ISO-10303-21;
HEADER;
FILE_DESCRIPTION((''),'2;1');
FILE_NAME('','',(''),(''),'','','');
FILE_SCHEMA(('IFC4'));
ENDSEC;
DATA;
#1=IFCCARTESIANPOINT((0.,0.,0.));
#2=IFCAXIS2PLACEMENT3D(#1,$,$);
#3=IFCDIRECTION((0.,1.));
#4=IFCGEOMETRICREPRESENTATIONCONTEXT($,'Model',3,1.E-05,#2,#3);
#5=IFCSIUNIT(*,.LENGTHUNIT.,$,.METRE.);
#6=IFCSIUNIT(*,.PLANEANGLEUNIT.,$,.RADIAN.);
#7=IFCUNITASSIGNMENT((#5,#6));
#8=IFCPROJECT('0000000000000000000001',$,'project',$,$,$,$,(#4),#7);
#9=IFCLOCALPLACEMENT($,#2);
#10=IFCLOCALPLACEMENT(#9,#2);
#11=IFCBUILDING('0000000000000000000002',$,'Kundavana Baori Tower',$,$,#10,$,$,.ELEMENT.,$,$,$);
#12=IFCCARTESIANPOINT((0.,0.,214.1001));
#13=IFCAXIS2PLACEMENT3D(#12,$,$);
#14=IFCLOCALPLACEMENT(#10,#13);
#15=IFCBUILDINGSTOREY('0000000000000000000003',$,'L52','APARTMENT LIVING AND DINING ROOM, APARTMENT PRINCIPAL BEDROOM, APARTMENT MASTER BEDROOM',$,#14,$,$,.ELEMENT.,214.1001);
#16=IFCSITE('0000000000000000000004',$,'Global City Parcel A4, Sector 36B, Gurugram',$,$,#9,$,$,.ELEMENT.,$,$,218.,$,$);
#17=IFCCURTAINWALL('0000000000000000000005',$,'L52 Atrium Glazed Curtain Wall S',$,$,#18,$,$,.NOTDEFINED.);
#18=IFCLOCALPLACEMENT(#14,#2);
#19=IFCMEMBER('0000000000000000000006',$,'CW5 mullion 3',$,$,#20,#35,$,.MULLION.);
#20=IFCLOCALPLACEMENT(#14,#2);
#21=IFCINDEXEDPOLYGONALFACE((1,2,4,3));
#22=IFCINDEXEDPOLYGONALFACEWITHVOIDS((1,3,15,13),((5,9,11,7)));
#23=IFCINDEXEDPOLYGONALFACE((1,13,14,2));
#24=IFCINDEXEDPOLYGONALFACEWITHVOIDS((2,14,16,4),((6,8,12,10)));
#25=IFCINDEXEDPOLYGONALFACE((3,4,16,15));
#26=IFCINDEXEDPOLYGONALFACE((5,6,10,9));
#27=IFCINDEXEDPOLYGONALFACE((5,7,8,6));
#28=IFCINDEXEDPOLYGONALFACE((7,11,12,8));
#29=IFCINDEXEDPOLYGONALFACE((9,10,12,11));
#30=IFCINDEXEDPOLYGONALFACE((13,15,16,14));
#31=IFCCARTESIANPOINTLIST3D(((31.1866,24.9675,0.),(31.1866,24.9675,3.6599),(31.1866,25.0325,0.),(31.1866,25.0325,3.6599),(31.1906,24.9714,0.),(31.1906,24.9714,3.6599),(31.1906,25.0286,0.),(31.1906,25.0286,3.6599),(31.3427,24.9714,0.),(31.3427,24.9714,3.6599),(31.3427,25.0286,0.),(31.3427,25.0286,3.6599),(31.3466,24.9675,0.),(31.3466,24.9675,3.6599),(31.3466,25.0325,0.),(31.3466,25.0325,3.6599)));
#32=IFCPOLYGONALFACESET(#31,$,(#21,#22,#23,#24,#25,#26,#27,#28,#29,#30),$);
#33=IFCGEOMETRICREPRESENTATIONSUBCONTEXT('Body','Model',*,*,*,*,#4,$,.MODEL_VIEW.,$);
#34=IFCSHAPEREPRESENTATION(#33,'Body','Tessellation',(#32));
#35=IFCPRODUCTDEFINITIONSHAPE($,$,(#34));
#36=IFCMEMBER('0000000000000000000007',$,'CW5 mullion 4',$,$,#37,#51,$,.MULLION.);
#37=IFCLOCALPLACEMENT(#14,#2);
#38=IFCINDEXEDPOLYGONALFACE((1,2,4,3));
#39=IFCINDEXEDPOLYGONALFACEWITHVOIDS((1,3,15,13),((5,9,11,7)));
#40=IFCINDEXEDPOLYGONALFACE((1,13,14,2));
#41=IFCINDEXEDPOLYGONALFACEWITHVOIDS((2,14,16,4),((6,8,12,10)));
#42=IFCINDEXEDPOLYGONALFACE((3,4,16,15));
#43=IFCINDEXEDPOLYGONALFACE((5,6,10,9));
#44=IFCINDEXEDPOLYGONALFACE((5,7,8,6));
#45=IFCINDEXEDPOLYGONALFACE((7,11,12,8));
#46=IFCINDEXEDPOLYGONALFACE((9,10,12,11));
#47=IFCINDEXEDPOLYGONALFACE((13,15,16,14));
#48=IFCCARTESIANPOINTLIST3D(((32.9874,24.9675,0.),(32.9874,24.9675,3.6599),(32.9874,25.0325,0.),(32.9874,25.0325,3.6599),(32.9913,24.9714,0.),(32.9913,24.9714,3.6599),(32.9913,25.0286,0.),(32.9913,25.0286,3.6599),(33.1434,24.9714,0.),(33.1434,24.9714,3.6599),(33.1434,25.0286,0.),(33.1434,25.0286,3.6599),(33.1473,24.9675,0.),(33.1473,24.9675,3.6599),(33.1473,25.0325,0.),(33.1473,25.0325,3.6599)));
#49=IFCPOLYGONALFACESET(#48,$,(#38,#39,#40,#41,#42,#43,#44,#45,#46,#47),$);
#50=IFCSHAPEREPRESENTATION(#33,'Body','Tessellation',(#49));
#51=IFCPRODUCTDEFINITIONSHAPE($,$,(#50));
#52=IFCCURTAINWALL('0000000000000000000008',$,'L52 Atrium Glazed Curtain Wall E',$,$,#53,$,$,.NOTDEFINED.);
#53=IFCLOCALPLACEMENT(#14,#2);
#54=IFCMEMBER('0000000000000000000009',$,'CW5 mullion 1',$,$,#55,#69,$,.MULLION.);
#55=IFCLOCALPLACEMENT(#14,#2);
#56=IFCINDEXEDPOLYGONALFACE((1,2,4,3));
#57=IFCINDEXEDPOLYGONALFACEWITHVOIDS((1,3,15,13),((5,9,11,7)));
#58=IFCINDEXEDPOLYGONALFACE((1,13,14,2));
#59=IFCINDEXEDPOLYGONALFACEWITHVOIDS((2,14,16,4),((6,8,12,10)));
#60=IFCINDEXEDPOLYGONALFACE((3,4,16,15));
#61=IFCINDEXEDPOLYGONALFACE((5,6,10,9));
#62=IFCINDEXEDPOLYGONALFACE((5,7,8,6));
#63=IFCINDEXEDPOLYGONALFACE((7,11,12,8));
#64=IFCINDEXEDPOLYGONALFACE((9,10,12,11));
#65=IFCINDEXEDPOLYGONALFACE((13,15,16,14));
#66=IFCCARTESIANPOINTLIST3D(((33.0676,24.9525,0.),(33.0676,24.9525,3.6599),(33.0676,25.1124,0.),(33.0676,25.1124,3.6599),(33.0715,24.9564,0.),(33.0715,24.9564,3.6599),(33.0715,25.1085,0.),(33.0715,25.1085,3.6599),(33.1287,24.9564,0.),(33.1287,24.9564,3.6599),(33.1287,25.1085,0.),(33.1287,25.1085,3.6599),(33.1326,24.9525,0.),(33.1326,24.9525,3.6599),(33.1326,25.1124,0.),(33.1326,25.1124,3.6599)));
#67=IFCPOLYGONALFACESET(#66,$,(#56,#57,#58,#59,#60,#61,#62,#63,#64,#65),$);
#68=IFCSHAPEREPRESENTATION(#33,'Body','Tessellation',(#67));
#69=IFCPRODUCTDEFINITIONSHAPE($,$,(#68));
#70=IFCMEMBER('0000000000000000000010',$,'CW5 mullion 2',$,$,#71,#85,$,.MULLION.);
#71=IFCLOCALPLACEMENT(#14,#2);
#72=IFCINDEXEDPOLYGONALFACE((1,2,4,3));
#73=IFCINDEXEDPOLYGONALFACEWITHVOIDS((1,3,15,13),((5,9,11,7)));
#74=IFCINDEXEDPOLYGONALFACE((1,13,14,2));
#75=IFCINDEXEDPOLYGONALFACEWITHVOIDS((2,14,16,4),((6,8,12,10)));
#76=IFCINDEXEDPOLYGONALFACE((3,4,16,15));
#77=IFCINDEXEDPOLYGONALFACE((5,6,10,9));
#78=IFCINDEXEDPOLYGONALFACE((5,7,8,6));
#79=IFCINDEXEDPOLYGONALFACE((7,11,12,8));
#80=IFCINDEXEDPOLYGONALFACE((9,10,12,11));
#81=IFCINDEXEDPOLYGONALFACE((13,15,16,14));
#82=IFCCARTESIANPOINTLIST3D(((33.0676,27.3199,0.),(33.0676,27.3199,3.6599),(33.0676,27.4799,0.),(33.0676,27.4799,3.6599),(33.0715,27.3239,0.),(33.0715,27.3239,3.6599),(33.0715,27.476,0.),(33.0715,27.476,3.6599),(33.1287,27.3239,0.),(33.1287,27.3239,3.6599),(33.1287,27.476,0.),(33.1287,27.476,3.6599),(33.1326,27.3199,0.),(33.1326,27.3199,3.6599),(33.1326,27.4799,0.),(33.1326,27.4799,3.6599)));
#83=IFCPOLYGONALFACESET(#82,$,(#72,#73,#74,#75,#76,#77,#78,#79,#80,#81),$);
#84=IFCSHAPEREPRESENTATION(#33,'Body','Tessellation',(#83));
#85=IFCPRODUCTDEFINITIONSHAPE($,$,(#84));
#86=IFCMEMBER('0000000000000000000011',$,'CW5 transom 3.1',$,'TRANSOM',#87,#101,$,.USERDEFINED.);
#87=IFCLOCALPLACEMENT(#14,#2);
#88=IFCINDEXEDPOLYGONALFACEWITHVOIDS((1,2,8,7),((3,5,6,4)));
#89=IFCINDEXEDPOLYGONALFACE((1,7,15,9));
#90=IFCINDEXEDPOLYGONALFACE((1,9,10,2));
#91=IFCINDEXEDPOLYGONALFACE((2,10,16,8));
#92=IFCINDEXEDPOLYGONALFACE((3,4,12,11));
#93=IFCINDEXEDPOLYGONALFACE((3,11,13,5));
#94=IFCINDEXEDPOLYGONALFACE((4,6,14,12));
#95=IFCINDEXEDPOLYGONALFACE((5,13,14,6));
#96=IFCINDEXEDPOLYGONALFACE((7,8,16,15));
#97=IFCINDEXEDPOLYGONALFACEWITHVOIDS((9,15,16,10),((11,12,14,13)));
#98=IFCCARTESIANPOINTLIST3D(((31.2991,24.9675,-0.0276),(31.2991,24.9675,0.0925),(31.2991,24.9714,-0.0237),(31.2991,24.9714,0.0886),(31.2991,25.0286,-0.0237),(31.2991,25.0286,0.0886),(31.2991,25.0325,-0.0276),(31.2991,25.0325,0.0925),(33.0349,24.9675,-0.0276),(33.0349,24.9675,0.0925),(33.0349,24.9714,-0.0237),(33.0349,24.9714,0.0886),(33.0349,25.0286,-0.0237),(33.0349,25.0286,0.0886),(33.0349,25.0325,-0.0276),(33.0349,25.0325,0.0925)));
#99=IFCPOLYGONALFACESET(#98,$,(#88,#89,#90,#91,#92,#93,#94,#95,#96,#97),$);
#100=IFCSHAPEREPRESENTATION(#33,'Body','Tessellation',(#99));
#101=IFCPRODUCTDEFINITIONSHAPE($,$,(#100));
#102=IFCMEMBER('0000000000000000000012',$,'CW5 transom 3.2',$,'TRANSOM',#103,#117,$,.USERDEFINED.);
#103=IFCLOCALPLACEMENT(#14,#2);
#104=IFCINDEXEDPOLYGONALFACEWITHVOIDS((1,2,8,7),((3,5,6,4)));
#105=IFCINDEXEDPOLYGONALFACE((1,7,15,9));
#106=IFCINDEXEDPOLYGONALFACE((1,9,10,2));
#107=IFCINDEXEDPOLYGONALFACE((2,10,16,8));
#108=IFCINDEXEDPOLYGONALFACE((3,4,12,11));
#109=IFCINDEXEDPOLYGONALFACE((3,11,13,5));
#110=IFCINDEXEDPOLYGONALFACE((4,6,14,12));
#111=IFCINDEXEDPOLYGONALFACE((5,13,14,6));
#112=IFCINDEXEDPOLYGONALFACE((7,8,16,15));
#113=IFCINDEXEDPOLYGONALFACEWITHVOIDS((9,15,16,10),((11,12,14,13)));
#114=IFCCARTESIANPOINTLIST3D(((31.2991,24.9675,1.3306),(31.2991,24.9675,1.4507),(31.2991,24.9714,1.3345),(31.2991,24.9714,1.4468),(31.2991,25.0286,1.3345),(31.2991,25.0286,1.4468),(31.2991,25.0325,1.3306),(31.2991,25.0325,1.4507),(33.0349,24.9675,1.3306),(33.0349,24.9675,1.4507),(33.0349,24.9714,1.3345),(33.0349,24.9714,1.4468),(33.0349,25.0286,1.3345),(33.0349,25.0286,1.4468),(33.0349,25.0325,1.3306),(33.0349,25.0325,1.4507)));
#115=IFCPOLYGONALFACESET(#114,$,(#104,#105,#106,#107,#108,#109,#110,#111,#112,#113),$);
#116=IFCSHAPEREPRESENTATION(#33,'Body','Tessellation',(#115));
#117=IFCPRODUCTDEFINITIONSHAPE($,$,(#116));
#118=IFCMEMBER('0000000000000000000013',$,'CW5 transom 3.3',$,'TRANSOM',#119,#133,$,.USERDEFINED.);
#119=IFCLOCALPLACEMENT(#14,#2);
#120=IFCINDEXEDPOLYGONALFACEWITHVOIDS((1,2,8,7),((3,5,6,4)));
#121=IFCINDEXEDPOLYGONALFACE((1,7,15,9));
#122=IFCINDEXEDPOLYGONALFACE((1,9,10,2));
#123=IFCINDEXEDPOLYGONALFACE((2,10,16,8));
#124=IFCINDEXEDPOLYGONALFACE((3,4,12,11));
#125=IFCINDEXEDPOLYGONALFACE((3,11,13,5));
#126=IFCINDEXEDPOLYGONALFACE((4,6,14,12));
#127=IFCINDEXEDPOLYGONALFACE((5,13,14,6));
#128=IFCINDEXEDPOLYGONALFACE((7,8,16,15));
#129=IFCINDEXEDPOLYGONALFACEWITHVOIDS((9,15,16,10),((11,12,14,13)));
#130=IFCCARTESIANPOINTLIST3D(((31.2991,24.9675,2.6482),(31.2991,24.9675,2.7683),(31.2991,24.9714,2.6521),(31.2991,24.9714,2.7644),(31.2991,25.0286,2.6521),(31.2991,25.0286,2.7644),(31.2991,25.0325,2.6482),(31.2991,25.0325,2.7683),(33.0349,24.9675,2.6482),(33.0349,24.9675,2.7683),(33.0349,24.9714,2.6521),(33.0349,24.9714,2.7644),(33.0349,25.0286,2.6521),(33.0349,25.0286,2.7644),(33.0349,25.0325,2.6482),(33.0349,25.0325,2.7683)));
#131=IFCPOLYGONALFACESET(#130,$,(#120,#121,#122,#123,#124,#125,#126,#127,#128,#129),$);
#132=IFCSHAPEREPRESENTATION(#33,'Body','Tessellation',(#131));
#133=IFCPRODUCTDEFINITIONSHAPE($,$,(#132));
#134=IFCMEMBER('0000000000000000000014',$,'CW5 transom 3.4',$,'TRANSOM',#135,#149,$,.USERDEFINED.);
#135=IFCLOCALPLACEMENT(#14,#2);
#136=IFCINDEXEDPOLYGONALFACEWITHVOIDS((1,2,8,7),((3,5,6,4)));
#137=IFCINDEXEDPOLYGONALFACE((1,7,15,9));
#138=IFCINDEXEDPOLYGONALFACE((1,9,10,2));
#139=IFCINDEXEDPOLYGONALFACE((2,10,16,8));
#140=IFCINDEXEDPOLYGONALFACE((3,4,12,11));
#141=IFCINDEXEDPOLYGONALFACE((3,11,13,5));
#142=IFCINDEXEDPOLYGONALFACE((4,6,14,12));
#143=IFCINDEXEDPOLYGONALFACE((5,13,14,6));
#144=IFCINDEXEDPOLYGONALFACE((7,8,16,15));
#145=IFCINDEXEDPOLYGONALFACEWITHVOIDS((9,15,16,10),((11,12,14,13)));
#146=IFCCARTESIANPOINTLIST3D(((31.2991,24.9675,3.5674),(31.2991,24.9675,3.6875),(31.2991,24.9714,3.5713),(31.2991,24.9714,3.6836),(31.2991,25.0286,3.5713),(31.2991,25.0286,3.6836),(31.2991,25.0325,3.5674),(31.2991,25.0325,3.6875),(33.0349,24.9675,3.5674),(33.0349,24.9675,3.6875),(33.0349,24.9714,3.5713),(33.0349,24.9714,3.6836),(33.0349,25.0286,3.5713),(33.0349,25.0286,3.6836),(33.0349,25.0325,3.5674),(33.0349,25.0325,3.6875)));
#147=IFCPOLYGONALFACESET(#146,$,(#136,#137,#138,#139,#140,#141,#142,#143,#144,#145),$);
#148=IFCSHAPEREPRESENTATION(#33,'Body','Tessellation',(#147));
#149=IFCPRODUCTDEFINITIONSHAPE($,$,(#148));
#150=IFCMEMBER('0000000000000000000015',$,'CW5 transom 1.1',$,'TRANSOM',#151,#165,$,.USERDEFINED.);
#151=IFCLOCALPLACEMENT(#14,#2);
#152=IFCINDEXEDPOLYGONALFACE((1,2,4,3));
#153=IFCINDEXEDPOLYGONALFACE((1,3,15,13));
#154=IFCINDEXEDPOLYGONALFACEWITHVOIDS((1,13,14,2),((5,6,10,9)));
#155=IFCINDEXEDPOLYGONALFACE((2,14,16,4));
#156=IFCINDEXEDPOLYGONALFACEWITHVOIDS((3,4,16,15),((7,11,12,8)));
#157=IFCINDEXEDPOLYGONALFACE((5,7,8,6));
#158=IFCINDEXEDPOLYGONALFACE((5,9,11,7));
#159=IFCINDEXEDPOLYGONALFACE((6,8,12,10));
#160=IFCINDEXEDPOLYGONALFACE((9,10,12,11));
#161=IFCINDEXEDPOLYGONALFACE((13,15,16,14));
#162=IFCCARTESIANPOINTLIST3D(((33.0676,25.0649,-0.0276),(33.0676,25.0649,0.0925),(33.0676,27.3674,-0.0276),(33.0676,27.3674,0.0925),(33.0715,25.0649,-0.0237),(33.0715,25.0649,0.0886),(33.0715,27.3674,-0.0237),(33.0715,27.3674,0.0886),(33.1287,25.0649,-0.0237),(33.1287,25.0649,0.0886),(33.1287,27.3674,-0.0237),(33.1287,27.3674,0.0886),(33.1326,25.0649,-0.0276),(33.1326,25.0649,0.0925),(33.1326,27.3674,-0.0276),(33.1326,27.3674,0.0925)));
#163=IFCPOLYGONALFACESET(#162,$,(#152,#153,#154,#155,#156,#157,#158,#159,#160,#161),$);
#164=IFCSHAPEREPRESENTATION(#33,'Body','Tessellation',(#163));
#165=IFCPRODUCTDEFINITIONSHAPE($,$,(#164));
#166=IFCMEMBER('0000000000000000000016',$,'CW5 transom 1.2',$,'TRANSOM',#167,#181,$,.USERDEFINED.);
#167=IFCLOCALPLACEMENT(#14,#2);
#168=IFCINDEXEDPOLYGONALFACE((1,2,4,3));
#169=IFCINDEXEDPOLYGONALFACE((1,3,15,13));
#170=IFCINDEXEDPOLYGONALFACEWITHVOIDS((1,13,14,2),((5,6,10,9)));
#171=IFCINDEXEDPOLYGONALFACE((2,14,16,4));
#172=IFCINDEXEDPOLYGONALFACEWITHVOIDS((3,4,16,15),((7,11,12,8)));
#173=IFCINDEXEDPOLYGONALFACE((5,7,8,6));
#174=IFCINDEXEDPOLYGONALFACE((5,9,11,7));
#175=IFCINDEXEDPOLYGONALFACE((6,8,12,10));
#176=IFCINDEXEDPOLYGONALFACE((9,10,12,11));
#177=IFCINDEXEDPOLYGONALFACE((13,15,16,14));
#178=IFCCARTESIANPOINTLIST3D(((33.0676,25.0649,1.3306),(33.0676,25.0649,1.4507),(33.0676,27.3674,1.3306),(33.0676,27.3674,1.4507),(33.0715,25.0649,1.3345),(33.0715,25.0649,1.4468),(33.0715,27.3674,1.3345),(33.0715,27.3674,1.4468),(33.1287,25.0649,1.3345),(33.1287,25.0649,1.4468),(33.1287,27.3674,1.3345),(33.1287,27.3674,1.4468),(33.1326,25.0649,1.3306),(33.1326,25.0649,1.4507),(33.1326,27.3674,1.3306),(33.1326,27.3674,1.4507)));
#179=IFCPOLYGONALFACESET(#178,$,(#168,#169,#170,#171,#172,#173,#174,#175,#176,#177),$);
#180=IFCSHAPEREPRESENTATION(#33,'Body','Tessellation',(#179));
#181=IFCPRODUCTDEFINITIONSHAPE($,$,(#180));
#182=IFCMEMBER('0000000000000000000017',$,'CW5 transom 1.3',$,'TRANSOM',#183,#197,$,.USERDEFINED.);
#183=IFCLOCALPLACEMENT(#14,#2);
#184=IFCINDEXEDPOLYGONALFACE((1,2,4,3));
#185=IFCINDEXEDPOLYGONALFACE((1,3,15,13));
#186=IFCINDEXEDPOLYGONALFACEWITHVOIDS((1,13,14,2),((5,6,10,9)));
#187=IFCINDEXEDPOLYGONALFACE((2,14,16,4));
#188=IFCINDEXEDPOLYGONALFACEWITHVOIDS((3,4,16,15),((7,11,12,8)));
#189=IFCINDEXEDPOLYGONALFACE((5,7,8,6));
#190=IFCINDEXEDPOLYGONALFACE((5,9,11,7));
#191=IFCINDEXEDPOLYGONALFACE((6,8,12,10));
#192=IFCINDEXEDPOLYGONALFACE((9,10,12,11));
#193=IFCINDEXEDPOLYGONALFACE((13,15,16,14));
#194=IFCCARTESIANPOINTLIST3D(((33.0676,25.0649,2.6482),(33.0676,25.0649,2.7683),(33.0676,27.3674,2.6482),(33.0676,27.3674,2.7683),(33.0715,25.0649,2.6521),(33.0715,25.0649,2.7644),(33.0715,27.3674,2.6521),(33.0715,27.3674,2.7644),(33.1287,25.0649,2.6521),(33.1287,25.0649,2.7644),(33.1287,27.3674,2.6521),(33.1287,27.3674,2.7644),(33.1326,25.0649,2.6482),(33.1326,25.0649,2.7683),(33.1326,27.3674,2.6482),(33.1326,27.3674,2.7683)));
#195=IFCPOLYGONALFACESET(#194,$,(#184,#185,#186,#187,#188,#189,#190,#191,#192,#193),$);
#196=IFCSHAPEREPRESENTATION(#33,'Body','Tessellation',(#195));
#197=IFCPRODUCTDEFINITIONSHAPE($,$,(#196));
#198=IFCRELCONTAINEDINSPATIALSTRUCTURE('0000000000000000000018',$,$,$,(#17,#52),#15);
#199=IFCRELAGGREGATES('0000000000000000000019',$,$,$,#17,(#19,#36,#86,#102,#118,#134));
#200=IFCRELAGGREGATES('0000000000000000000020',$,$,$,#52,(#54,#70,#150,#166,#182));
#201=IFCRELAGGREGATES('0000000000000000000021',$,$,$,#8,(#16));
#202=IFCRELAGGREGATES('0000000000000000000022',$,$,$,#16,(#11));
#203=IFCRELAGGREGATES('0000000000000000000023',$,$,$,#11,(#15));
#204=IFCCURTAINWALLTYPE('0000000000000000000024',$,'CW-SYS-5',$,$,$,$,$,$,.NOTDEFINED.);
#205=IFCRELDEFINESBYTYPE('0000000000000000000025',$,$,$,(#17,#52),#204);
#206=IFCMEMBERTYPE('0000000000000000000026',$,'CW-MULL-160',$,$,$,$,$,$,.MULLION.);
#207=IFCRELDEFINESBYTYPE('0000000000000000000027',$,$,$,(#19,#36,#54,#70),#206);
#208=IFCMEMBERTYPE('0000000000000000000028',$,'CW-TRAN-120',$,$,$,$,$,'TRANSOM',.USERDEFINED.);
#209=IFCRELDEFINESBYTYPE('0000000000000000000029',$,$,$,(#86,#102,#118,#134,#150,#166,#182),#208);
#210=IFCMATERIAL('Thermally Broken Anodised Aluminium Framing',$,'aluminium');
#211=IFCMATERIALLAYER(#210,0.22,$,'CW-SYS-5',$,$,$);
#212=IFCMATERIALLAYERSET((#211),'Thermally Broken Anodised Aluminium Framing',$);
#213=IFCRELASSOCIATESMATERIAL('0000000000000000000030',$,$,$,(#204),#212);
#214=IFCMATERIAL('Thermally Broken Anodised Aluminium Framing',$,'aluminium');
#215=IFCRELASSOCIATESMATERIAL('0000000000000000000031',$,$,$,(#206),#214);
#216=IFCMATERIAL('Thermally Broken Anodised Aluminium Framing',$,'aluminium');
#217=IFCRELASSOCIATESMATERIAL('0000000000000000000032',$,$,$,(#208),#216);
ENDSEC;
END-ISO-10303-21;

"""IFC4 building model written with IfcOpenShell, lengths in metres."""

from ifc_helpers import new_model, si_unit, direction, frame, origin, origin_2d, place, context, subcontext, project, spatial, hollow_rectangle, extrude, material, layer, layer_set, material_profile, profile_set, type_object, element, aggregate, save


model = new_model("IFC4")

# Units and contexts
model_context = context("Model", 3, precision=1e-05, world=origin(), true_north=direction((0.0, 1.0)))
body_context = subcontext(model_context, "Body", "Model", "MODEL_VIEW")
ifc_project = project(units=[si_unit("LENGTHUNIT", "METRE"), si_unit("PLANEANGLEUNIT", "RADIAN")], contexts=[model_context])

# Site, building, storey
site_placement = place(None, origin())
site = spatial("IfcSite", under=ifc_project, at=site_placement, Name="Global City Parcel A4, Sector 36B, Gurugram", CompositionType="ELEMENT", RefElevation=218.0)
building_placement = place(site_placement, origin())
building = spatial("IfcBuilding", under=site, at=building_placement, Name="Kundavana Baori Tower", CompositionType="ELEMENT")
storey_placement = place(building_placement, frame((0.0, 0.0, 214.1001)))
storey = spatial("IfcBuildingStorey", under=building, at=storey_placement, Name="L52", Description="APARTMENT LIVING AND DINING ROOM, APARTMENT PRINCIPAL BEDROOM, APARTMENT MASTER BEDROOM", CompositionType="ELEMENT", Elevation=214.1001)

# Curtain walls, members
ifc_material_1 = material(Name="Thermally Broken Anodised Aluminium Framing", Category="aluminium")
ifc_layer_1 = layer(ifc_material_1, 0.22, Name="CW-SYS-5")
ifc_layer_set_1 = layer_set([ifc_layer_1], Name="Thermally Broken Anodised Aluminium Framing")
curtain_wall_type = type_object("IfcCurtainWallType", Name="CW-SYS-5", PredefinedType="NOTDEFINED", material=ifc_layer_set_1)
curtain_wall_1_placement = place(storey_placement, origin())
curtain_wall_1 = element("IfcCurtainWall", 1, at=curtain_wall_1_placement, inside=storey, type_object=curtain_wall_type, Name="L52 Atrium Glazed Curtain Wall S", PredefinedType="NOTDEFINED")
ifc_material_2 = material(Name="Thermally Broken Anodised Aluminium Framing", Category="aluminium")
ifc_material_profile_1 = material_profile(ifc_material_2, hollow_rectangle(XDim=0.0649, YDim=0.1599, WallThickness=0.0039, at=origin_2d()), Name="CW-MULL-160")
ifc_profile_set_1 = profile_set([ifc_material_profile_1], Name="Thermally Broken Anodised Aluminium Framing")
member_type_1 = type_object("IfcMemberType", Name="CW-MULL-160", PredefinedType="MULLION", material=ifc_profile_set_1)
member_1_placement = place(storey_placement, frame((31.2666, 25.0, 0.0), z_axis=(0.0, 0.0, 1.0), x_axis=(0.0, 1.0, 0.0)))
member_1 = element("IfcMember", 2, at=member_1_placement, type_object=member_type_1, Name="CW5 mullion 3", PredefinedType="MULLION", context=body_context, shape_type="SweptSolid", body=[
    extrude(hollow_rectangle(XDim=0.0649, YDim=0.1599, WallThickness=0.0039, at=origin_2d()), origin(), (0.0, 0.0, 1.0), 3.6599),
])
member_2_placement = place(storey_placement, frame((33.0674, 25.0, 0.0), z_axis=(0.0, 0.0, 1.0), x_axis=(0.0, 1.0, 0.0)))
member_2 = element("IfcMember", 3, at=member_2_placement, type_object=member_type_1, Name="CW5 mullion 4", PredefinedType="MULLION", context=body_context, shape_type="SweptSolid", body=[
    extrude(hollow_rectangle(XDim=0.0649, YDim=0.1599, WallThickness=0.0039, at=origin_2d()), origin(), (0.0, 0.0, 1.0), 3.6599),
])
curtain_wall_2_placement = place(storey_placement, origin())
curtain_wall_2 = element("IfcCurtainWall", 4, at=curtain_wall_2_placement, inside=storey, type_object=curtain_wall_type, Name="L52 Atrium Glazed Curtain Wall E", PredefinedType="NOTDEFINED")
member_3_placement = place(storey_placement, frame((33.1001, 25.0325, 0.0), z_axis=(0.0, 0.0, 1.0), x_axis=(-1.0, 0.0, 0.0)))
member_3 = element("IfcMember", 5, at=member_3_placement, type_object=member_type_1, Name="CW5 mullion 1", PredefinedType="MULLION", context=body_context, shape_type="SweptSolid", body=[
    extrude(hollow_rectangle(XDim=0.0649, YDim=0.1599, WallThickness=0.0039, at=origin_2d()), origin(), (0.0, 0.0, 1.0), 3.6599),
])
member_4_placement = place(storey_placement, frame((33.1001, 27.3999, 0.0), z_axis=(0.0, 0.0, 1.0), x_axis=(-1.0, 0.0, 0.0)))
member_4 = element("IfcMember", 6, at=member_4_placement, type_object=member_type_1, Name="CW5 mullion 2", PredefinedType="MULLION", context=body_context, shape_type="SweptSolid", body=[
    extrude(hollow_rectangle(XDim=0.0649, YDim=0.1599, WallThickness=0.0039, at=origin_2d()), origin(), (0.0, 0.0, 1.0), 3.6599),
])

# Members
ifc_material_3 = material(Name="Thermally Broken Anodised Aluminium Framing", Category="aluminium")
ifc_material_profile_2 = material_profile(ifc_material_3, hollow_rectangle(XDim=0.0649, YDim=0.1201, WallThickness=0.0039, at=origin_2d()), Name="CW-TRAN-120")
ifc_profile_set_2 = profile_set([ifc_material_profile_2], Name="Thermally Broken Anodised Aluminium Framing")
member_type_2 = type_object("IfcMemberType", Name="CW-TRAN-120", ElementType="TRANSOM", PredefinedType="USERDEFINED", material=ifc_profile_set_2)
member_5_placement = place(storey_placement, frame((31.2991, 25.0, 0.0325), z_axis=(1.0, 0.0, 0.0), x_axis=(0.0, 1.0, 0.0)))
member_5 = element("IfcMember", 7, at=member_5_placement, type_object=member_type_2, Name="CW5 transom 3.1", ObjectType="TRANSOM", PredefinedType="USERDEFINED", context=body_context, shape_type="SweptSolid", body=[
    extrude(hollow_rectangle(XDim=0.0649, YDim=0.1201, WallThickness=0.0039, at=origin_2d()), origin(), (0.0, 0.0, 1.0), 1.7358),
])
member_6_placement = place(storey_placement, frame((31.2991, 25.0, 1.3906), z_axis=(1.0, 0.0, 0.0), x_axis=(0.0, 1.0, 0.0)))
member_6 = element("IfcMember", 8, at=member_6_placement, type_object=member_type_2, Name="CW5 transom 3.2", ObjectType="TRANSOM", PredefinedType="USERDEFINED", context=body_context, shape_type="SweptSolid", body=[
    extrude(hollow_rectangle(XDim=0.0649, YDim=0.1201, WallThickness=0.0039, at=origin_2d()), origin(), (0.0, 0.0, 1.0), 1.7358),
])
member_7_placement = place(storey_placement, frame((31.2991, 25.0, 2.7083), z_axis=(1.0, 0.0, 0.0), x_axis=(0.0, 1.0, 0.0)))
member_7 = element("IfcMember", 9, at=member_7_placement, type_object=member_type_2, Name="CW5 transom 3.3", ObjectType="TRANSOM", PredefinedType="USERDEFINED", context=body_context, shape_type="SweptSolid", body=[
    extrude(hollow_rectangle(XDim=0.0649, YDim=0.1201, WallThickness=0.0039, at=origin_2d()), origin(), (0.0, 0.0, 1.0), 1.7358),
])
member_8_placement = place(storey_placement, frame((31.2991, 25.0, 3.6274), z_axis=(1.0, 0.0, 0.0), x_axis=(0.0, 1.0, 0.0)))
member_8 = element("IfcMember", 10, at=member_8_placement, type_object=member_type_2, Name="CW5 transom 3.4", ObjectType="TRANSOM", PredefinedType="USERDEFINED", context=body_context, shape_type="SweptSolid", body=[
    extrude(hollow_rectangle(XDim=0.0649, YDim=0.1201, WallThickness=0.0039, at=origin_2d()), origin(), (0.0, 0.0, 1.0), 1.7358),
])
member_9_placement = place(storey_placement, frame((33.1001, 25.0649, 0.0325), z_axis=(0.0, 1.0, 0.0), x_axis=(-1.0, 0.0, 0.0)))
member_9 = element("IfcMember", 11, at=member_9_placement, type_object=member_type_2, Name="CW5 transom 1.1", ObjectType="TRANSOM", PredefinedType="USERDEFINED", context=body_context, shape_type="SweptSolid", body=[
    extrude(hollow_rectangle(XDim=0.0649, YDim=0.1201, WallThickness=0.0039, at=origin_2d()), origin(), (0.0, 0.0, 1.0), 2.3025),
])
member_10_placement = place(storey_placement, frame((33.1001, 25.0649, 1.3906), z_axis=(0.0, 1.0, 0.0), x_axis=(-1.0, 0.0, 0.0)))
member_10 = element("IfcMember", 12, at=member_10_placement, type_object=member_type_2, Name="CW5 transom 1.2", ObjectType="TRANSOM", PredefinedType="USERDEFINED", context=body_context, shape_type="SweptSolid", body=[
    extrude(hollow_rectangle(XDim=0.0649, YDim=0.1201, WallThickness=0.0039, at=origin_2d()), origin(), (0.0, 0.0, 1.0), 2.3025),
])
member_11_placement = place(storey_placement, frame((33.1001, 25.0649, 2.7083), z_axis=(0.0, 1.0, 0.0), x_axis=(-1.0, 0.0, 0.0)))
member_11 = element("IfcMember", 13, at=member_11_placement, type_object=member_type_2, Name="CW5 transom 1.3", ObjectType="TRANSOM", PredefinedType="USERDEFINED", context=body_context, shape_type="SweptSolid", body=[
    extrude(hollow_rectangle(XDim=0.0649, YDim=0.1201, WallThickness=0.0039, at=origin_2d()), origin(), (0.0, 0.0, 1.0), 2.3025),
])

aggregate(curtain_wall_1, [member_1, member_2, member_5, member_6, member_7, member_8])
aggregate(curtain_wall_2, [member_3, member_4, member_9, member_10, member_11])

save(model, "model.ifc")
